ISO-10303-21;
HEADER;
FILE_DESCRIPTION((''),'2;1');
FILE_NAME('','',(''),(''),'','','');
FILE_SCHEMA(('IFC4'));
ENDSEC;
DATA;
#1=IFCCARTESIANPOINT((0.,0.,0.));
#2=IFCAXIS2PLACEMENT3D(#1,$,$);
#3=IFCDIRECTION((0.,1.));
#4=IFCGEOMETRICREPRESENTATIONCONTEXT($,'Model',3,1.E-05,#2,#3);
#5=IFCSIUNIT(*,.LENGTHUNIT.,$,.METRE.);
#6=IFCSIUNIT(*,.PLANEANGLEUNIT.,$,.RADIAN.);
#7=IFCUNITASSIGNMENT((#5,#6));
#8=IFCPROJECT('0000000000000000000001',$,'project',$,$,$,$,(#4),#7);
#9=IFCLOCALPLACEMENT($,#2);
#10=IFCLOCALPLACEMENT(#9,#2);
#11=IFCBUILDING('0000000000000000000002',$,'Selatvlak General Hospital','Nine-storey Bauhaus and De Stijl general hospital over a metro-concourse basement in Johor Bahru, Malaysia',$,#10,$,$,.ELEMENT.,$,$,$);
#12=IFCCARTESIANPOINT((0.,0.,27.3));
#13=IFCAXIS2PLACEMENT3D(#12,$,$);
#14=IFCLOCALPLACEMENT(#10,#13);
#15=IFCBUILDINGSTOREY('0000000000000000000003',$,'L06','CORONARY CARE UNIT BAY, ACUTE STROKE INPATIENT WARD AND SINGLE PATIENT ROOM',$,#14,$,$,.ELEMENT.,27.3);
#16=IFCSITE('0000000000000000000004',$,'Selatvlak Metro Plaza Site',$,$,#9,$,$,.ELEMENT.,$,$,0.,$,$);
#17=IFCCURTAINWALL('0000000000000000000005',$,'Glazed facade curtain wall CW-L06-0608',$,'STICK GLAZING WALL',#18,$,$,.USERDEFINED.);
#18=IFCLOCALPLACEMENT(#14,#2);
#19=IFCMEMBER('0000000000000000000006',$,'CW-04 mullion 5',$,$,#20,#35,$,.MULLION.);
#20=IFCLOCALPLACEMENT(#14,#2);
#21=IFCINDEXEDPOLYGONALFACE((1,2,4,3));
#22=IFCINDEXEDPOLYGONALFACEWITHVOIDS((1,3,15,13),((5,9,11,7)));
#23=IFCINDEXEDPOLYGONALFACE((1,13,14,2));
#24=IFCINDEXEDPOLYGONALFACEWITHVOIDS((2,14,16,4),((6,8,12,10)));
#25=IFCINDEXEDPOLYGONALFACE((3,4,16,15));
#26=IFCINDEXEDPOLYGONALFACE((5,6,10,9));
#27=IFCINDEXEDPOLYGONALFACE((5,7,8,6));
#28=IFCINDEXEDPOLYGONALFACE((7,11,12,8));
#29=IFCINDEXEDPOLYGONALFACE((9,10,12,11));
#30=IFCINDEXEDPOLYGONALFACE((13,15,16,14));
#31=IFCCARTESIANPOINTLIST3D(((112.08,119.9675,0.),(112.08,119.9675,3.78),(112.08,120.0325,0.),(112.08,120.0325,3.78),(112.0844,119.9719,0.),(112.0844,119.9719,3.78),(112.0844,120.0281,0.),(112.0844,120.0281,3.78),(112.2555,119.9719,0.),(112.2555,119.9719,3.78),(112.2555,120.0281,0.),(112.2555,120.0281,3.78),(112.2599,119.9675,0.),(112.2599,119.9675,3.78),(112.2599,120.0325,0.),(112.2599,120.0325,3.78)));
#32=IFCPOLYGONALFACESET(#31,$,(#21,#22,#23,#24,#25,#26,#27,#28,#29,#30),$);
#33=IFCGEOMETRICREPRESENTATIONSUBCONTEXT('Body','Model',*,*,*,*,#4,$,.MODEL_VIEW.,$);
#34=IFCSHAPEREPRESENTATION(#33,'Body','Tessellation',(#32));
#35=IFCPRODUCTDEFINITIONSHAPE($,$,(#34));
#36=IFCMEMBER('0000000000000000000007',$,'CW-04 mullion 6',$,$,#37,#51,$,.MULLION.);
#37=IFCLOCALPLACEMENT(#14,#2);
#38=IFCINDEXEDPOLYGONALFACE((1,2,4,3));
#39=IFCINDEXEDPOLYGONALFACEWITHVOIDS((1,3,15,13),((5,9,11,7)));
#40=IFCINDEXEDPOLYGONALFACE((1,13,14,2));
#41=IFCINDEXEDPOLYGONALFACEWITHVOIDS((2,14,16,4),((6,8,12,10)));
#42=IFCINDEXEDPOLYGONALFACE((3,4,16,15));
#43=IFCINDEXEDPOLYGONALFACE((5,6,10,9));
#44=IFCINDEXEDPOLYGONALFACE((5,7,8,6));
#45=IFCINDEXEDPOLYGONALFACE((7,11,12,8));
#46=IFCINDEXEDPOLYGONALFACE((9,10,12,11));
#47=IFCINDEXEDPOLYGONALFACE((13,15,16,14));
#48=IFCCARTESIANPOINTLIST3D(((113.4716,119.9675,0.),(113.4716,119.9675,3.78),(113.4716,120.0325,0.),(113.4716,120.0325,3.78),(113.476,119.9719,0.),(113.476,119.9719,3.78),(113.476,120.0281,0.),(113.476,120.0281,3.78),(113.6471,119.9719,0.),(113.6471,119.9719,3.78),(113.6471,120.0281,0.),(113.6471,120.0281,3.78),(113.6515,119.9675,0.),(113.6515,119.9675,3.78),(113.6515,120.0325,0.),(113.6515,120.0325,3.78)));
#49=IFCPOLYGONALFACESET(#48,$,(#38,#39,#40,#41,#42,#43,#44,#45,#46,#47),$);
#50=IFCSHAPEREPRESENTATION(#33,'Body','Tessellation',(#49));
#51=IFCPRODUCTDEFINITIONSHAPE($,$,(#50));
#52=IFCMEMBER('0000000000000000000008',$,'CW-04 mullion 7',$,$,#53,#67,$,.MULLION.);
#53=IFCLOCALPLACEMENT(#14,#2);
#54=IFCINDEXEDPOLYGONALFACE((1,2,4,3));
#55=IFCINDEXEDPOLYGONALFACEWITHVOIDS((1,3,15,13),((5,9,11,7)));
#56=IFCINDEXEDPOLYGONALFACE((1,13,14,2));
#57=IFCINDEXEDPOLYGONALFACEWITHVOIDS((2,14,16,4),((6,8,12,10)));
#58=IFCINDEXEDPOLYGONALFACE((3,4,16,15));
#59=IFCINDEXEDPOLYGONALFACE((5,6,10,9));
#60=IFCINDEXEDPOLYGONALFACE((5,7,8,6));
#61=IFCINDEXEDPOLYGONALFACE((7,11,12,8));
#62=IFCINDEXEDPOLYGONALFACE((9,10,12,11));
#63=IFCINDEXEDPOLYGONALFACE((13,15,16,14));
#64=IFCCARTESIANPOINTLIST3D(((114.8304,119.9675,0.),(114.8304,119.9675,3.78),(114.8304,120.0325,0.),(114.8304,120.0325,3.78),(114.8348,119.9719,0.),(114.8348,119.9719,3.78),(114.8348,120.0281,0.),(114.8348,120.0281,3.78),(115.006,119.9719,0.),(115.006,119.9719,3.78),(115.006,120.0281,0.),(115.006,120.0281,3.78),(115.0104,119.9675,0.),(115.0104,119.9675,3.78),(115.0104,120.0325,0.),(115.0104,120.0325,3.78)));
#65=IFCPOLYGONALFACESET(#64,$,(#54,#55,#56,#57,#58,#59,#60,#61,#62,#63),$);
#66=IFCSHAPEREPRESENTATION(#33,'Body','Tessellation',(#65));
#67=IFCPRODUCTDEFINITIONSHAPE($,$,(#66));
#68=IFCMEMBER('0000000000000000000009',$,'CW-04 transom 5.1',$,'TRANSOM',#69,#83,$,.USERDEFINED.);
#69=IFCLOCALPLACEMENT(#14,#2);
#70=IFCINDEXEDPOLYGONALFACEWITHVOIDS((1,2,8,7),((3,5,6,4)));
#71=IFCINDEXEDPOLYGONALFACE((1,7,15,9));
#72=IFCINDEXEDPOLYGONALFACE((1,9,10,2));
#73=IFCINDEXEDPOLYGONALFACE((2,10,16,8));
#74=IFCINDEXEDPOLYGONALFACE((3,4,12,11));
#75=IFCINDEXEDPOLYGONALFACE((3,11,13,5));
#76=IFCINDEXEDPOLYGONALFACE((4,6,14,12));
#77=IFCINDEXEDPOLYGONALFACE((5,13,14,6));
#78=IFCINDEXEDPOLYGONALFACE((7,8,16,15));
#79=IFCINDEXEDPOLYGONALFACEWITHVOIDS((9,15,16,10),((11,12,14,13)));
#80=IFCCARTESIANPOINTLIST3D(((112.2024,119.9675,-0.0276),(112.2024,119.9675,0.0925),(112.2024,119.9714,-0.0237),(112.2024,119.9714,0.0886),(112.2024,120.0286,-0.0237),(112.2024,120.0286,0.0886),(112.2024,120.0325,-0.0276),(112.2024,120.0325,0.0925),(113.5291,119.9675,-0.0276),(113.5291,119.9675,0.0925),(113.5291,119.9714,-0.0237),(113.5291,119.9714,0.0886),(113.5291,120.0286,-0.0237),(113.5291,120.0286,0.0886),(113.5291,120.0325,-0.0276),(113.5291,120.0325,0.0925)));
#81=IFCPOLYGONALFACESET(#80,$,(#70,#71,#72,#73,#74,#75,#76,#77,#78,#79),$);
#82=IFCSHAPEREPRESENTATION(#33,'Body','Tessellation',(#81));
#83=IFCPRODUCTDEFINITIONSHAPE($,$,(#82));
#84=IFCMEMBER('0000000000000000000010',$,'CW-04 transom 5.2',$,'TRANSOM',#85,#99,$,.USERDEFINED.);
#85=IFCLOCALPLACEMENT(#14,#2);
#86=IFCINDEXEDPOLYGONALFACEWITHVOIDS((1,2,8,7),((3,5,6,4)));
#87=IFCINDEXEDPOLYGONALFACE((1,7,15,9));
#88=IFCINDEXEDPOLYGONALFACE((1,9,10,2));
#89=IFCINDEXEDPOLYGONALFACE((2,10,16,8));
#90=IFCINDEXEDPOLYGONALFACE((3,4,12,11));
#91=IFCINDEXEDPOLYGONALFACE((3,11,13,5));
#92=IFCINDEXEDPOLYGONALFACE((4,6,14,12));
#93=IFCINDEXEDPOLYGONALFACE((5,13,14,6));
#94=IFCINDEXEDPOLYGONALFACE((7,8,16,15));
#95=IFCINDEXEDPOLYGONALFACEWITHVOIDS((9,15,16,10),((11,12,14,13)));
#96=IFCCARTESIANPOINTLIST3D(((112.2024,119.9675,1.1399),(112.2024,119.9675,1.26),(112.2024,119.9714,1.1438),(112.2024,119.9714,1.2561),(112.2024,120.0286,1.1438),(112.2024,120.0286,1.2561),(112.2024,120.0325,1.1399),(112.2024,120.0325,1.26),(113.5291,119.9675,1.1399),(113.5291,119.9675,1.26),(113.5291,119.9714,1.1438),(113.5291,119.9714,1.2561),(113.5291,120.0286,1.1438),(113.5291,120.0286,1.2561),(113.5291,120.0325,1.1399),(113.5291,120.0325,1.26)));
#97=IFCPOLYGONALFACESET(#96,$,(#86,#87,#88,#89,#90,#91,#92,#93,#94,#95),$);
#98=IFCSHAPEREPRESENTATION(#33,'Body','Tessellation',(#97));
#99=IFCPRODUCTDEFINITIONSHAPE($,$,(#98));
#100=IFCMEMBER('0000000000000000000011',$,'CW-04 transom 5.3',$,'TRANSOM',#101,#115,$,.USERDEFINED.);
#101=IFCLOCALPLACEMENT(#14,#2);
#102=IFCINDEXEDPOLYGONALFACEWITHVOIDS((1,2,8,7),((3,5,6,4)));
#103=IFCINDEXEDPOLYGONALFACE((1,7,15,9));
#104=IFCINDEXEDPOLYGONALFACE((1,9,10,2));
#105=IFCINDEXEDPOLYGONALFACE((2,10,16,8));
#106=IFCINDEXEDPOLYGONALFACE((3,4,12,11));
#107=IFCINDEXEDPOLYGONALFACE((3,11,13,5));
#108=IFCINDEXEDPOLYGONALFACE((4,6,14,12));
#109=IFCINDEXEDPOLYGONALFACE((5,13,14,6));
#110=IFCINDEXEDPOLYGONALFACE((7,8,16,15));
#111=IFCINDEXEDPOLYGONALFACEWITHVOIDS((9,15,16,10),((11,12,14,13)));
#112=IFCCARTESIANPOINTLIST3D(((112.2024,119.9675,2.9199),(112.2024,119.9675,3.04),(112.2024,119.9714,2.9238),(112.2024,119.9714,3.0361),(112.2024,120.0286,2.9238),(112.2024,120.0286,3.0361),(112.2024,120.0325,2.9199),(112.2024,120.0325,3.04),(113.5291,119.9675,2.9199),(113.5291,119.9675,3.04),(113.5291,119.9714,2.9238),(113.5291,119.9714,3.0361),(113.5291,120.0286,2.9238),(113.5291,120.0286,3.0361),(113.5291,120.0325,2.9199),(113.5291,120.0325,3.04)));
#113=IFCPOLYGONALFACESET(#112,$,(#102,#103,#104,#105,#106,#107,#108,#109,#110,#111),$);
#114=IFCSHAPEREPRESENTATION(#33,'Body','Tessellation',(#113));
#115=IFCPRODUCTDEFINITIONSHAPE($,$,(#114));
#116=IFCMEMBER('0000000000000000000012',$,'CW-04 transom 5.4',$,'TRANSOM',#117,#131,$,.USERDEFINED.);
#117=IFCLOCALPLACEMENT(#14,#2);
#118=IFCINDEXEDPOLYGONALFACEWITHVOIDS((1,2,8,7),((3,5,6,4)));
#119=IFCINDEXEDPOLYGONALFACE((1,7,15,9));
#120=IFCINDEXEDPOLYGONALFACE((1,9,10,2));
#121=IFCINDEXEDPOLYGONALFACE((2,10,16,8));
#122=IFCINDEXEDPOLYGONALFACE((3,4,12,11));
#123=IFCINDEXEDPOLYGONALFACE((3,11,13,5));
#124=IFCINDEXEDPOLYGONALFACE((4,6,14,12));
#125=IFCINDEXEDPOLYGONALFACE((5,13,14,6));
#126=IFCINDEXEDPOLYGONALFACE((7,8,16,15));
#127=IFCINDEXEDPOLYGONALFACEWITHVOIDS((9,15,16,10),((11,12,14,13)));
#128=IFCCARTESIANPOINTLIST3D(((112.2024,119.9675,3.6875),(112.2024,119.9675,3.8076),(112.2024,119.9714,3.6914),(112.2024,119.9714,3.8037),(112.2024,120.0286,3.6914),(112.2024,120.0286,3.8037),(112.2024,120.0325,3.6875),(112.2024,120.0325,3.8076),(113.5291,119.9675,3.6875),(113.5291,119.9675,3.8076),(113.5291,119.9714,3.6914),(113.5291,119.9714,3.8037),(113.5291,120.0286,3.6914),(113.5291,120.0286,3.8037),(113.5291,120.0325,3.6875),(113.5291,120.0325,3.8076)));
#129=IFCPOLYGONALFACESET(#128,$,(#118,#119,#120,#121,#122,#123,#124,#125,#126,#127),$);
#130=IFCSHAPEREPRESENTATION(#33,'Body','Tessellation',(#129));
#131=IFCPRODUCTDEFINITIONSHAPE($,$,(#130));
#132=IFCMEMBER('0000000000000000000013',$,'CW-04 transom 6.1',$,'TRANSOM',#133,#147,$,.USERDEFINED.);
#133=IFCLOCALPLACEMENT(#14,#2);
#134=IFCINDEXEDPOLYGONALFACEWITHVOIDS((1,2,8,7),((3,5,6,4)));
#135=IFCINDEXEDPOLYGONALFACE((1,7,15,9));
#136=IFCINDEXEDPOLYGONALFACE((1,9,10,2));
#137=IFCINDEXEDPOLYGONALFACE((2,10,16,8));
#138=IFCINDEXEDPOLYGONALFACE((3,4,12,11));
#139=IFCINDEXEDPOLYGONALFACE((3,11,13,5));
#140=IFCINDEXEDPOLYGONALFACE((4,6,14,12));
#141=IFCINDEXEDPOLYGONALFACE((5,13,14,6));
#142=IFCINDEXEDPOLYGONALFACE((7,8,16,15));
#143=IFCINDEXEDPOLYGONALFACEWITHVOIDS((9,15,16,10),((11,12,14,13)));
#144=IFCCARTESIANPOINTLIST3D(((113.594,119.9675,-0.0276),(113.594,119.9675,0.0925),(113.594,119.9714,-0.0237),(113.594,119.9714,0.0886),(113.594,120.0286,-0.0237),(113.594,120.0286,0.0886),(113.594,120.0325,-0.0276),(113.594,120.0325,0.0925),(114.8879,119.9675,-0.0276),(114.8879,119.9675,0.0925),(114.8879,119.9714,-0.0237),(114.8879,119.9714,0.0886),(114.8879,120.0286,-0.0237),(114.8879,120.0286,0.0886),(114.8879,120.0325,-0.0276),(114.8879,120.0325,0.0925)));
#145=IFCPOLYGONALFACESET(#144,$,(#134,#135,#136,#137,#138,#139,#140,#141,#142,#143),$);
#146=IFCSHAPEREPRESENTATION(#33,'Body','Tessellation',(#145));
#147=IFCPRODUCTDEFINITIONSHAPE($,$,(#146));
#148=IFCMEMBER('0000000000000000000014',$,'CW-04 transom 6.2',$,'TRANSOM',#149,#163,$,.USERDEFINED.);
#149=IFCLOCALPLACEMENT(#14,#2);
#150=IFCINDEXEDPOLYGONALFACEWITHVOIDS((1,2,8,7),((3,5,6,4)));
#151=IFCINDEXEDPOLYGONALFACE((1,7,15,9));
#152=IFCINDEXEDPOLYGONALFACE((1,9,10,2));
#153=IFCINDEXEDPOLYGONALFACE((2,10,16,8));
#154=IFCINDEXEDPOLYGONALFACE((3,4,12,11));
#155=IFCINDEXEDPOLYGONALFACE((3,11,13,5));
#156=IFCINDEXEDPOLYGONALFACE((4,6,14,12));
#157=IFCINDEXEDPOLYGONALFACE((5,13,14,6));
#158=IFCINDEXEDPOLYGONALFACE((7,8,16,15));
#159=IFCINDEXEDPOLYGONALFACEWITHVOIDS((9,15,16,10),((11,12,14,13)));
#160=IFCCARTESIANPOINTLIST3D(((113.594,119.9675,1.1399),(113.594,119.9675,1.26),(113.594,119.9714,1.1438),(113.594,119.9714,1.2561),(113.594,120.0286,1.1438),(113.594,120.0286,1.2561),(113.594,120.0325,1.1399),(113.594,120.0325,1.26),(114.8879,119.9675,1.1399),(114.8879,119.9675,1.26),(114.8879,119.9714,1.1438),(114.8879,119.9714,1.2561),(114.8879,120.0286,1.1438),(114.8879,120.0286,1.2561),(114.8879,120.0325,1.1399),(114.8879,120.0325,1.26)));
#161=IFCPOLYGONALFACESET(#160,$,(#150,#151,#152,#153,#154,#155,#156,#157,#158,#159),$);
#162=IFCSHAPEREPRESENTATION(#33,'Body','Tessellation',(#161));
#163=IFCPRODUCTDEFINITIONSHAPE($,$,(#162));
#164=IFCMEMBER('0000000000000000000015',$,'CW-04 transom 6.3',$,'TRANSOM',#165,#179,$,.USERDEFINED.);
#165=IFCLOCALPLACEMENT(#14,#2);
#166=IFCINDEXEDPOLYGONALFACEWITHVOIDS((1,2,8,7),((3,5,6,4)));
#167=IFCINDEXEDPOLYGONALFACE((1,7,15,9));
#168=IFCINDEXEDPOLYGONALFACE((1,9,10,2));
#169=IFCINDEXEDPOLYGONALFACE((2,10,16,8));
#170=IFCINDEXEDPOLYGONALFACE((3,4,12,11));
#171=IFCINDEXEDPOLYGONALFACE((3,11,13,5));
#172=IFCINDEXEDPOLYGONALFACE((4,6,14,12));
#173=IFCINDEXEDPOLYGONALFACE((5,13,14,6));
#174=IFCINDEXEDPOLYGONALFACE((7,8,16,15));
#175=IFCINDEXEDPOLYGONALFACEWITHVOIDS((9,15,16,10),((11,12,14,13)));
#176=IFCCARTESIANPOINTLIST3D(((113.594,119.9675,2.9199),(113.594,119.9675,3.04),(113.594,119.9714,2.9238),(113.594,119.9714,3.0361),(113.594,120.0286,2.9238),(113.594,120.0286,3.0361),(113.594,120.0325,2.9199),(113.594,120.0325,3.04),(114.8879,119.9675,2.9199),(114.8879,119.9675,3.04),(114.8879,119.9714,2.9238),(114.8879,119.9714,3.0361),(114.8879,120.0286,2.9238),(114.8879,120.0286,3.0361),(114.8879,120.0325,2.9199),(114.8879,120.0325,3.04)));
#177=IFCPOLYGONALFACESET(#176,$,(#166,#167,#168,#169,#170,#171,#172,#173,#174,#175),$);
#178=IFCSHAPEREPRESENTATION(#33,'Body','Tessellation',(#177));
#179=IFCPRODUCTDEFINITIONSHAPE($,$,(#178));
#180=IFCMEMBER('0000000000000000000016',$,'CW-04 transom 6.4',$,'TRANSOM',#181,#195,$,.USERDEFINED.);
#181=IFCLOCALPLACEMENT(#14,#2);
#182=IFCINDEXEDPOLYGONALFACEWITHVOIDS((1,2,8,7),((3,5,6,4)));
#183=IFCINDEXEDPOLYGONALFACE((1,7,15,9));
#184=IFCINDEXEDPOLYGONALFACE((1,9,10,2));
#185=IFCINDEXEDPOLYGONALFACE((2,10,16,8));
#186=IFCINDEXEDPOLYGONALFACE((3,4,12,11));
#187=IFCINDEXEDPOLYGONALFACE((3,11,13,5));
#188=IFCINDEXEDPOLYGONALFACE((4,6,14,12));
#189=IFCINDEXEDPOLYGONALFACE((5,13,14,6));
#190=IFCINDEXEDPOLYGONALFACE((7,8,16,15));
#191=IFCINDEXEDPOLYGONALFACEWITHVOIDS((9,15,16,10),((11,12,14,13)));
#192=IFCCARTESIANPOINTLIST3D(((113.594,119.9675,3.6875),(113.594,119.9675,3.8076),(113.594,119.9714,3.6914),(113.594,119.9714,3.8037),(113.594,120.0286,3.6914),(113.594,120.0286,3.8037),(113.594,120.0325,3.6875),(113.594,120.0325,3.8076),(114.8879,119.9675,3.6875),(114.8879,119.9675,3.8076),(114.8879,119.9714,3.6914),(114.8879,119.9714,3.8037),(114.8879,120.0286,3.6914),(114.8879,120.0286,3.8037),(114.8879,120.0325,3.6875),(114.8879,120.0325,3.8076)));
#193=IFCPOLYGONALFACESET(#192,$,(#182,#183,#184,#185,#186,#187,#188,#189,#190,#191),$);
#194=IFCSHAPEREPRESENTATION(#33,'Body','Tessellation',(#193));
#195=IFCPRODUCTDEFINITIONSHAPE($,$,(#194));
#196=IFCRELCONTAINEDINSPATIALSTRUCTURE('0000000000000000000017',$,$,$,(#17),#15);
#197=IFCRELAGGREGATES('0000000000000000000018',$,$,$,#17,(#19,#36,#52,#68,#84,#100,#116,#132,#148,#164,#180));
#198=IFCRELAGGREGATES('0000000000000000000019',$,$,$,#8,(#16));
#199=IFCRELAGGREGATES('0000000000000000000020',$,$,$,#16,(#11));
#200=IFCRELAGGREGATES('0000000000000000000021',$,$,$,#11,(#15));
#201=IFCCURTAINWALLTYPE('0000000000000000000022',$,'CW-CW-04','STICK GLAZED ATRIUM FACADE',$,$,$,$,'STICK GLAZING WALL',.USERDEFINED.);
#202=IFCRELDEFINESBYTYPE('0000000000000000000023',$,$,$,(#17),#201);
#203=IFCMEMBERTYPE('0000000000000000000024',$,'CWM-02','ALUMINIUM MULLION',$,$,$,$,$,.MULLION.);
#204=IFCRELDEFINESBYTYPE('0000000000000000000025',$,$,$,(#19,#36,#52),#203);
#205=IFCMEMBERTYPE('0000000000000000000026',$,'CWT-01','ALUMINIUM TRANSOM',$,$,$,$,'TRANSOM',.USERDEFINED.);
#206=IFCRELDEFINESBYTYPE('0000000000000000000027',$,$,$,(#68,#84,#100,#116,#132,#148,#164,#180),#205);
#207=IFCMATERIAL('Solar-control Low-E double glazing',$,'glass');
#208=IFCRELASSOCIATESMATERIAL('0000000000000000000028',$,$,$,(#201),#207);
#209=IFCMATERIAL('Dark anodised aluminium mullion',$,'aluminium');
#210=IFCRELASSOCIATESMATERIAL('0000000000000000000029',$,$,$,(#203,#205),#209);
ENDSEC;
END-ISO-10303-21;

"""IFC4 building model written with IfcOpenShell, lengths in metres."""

from ifc_helpers import new_model, si_unit, direction, frame, origin, origin_2d, place, context, subcontext, project, spatial, hollow_rectangle, extrude, material, material_profile, profile_set, type_object, element, aggregate, save


model = new_model("IFC4")

# Units and contexts
model_context = context("Model", 3, precision=1e-05, world=origin(), true_north=direction((0.0, 1.0)))
body_context = subcontext(model_context, "Body", "Model", "MODEL_VIEW")
ifc_project = project(units=[si_unit("LENGTHUNIT", "METRE"), si_unit("PLANEANGLEUNIT", "RADIAN")], contexts=[model_context])

# Site, building, storey
site_placement = place(None, origin())
site = spatial("IfcSite", under=ifc_project, at=site_placement, Name="Selatvlak Metro Plaza Site", CompositionType="ELEMENT", RefElevation=0.0)
building_placement = place(site_placement, origin())
building = spatial("IfcBuilding", under=site, at=building_placement, Name="Selatvlak General Hospital", Description="Nine-storey Bauhaus and De Stijl general hospital over a metro-concourse basement in Johor Bahru, Malaysia", CompositionType="ELEMENT")
storey_placement = place(building_placement, frame((0.0, 0.0, 27.3)))
storey = spatial("IfcBuildingStorey", under=building, at=storey_placement, Name="L06", Description="CORONARY CARE UNIT BAY, ACUTE STROKE INPATIENT WARD AND SINGLE PATIENT ROOM", CompositionType="ELEMENT", Elevation=27.3)

# Curtain wall, members
ifc_material_1 = material(Name="Solar-control Low-E double glazing", Category="glass")
curtain_wall_type = type_object("IfcCurtainWallType", Name="CW-CW-04", Description="STICK GLAZED ATRIUM FACADE", ElementType="STICK GLAZING WALL", PredefinedType="USERDEFINED", material=ifc_material_1)
curtain_wall_placement = place(storey_placement, origin())
curtain_wall = element("IfcCurtainWall", 1, at=curtain_wall_placement, inside=storey, type_object=curtain_wall_type, Name="Glazed facade curtain wall CW-L06-0608", ObjectType="STICK GLAZING WALL", PredefinedType="USERDEFINED")
ifc_material_2 = material(Name="Dark anodised aluminium mullion", Category="aluminium")
ifc_material_profile_1 = material_profile(ifc_material_2, hollow_rectangle(XDim=0.0649, YDim=0.1799, WallThickness=0.0044, at=origin_2d()), Name="AL-MUL 65x180x4.5")
ifc_profile_set_1 = profile_set([ifc_material_profile_1], Name="Dark anodised aluminium mullion")
member_type_1 = type_object("IfcMemberType", Name="CWM-02", Description="ALUMINIUM MULLION", PredefinedType="MULLION", material=ifc_profile_set_1)
member_1_placement = place(storey_placement, frame((112.1699, 120.0, 0.0), z_axis=(0.0, 0.0, 1.0), x_axis=(0.0, 1.0, 0.0)))
member_1 = element("IfcMember", 2, at=member_1_placement, type_object=member_type_1, Name="CW-04 mullion 5", PredefinedType="MULLION", context=body_context, shape_type="SweptSolid", body=[
    extrude(hollow_rectangle(XDim=0.0649, YDim=0.1799, WallThickness=0.0044, at=origin_2d()), origin(), (0.0, 0.0, 1.0), 3.78),
])
member_2_placement = place(storey_placement, frame((113.5615, 120.0, 0.0), z_axis=(0.0, 0.0, 1.0), x_axis=(0.0, 1.0, 0.0)))
member_2 = element("IfcMember", 3, at=member_2_placement, type_object=member_type_1, Name="CW-04 mullion 6", PredefinedType="MULLION", context=body_context, shape_type="SweptSolid", body=[
    extrude(hollow_rectangle(XDim=0.0649, YDim=0.1799, WallThickness=0.0044, at=origin_2d()), origin(), (0.0, 0.0, 1.0), 3.78),
])
member_3_placement = place(storey_placement, frame((114.9204, 120.0, 0.0), z_axis=(0.0, 0.0, 1.0), x_axis=(0.0, 1.0, 0.0)))
member_3 = element("IfcMember", 4, at=member_3_placement, type_object=member_type_1, Name="CW-04 mullion 7", PredefinedType="MULLION", context=body_context, shape_type="SweptSolid", body=[
    extrude(hollow_rectangle(XDim=0.0649, YDim=0.1799, WallThickness=0.0044, at=origin_2d()), origin(), (0.0, 0.0, 1.0), 3.78),
])
ifc_material_profile_2 = material_profile(ifc_material_2, hollow_rectangle(XDim=0.0649, YDim=0.1201, WallThickness=0.0039, at=origin_2d()), Name="AL-TRN 65x120x4")
ifc_profile_set_2 = profile_set([ifc_material_profile_2], Name="Dark anodised aluminium mullion")
member_type_2 = type_object("IfcMemberType", Name="CWT-01", Description="ALUMINIUM TRANSOM", ElementType="TRANSOM", PredefinedType="USERDEFINED", material=ifc_profile_set_2)
member_4_placement = place(storey_placement, frame((112.2024, 120.0, 0.0325), z_axis=(1.0, 0.0, 0.0), x_axis=(0.0, 1.0, 0.0)))
member_4 = element("IfcMember", 5, at=member_4_placement, type_object=member_type_2, Name="CW-04 transom 5.1", ObjectType="TRANSOM", PredefinedType="USERDEFINED", context=body_context, shape_type="SweptSolid", body=[
    extrude(hollow_rectangle(XDim=0.0649, YDim=0.1201, WallThickness=0.0039, at=origin_2d()), origin(), (0.0, 0.0, 1.0), 1.3267),
])
member_5_placement = place(storey_placement, frame((112.2024, 120.0, 1.2), z_axis=(1.0, 0.0, 0.0), x_axis=(0.0, 1.0, 0.0)))
member_5 = element("IfcMember", 6, at=member_5_placement, type_object=member_type_2, Name="CW-04 transom 5.2", ObjectType="TRANSOM", PredefinedType="USERDEFINED", context=body_context, shape_type="SweptSolid", body=[
    extrude(hollow_rectangle(XDim=0.0649, YDim=0.1201, WallThickness=0.0039, at=origin_2d()), origin(), (0.0, 0.0, 1.0), 1.3267),
])
member_6_placement = place(storey_placement, frame((112.2024, 120.0, 2.98), z_axis=(1.0, 0.0, 0.0), x_axis=(0.0, 1.0, 0.0)))
member_6 = element("IfcMember", 7, at=member_6_placement, type_object=member_type_2, Name="CW-04 transom 5.3", ObjectType="TRANSOM", PredefinedType="USERDEFINED", context=body_context, shape_type="SweptSolid", body=[
    extrude(hollow_rectangle(XDim=0.0649, YDim=0.1201, WallThickness=0.0039, at=origin_2d()), origin(), (0.0, 0.0, 1.0), 1.3267),
])
member_7_placement = place(storey_placement, frame((112.2024, 120.0, 3.7476), z_axis=(1.0, 0.0, 0.0), x_axis=(0.0, 1.0, 0.0)))
member_7 = element("IfcMember", 8, at=member_7_placement, type_object=member_type_2, Name="CW-04 transom 5.4", ObjectType="TRANSOM", PredefinedType="USERDEFINED", context=body_context, shape_type="SweptSolid", body=[
    extrude(hollow_rectangle(XDim=0.0649, YDim=0.1201, WallThickness=0.0039, at=origin_2d()), origin(), (0.0, 0.0, 1.0), 1.3267),
])
member_8_placement = place(storey_placement, frame((113.594, 120.0, 0.0325), z_axis=(1.0, 0.0, 0.0), x_axis=(0.0, 1.0, 0.0)))
member_8 = element("IfcMember", 9, at=member_8_placement, type_object=member_type_2, Name="CW-04 transom 6.1", ObjectType="TRANSOM", PredefinedType="USERDEFINED", context=body_context, shape_type="SweptSolid", body=[
    extrude(hollow_rectangle(XDim=0.0649, YDim=0.1201, WallThickness=0.0039, at=origin_2d()), origin(), (0.0, 0.0, 1.0), 1.2939),
])
member_9_placement = place(storey_placement, frame((113.594, 120.0, 1.2), z_axis=(1.0, 0.0, 0.0), x_axis=(0.0, 1.0, 0.0)))
member_9 = element("IfcMember", 10, at=member_9_placement, type_object=member_type_2, Name="CW-04 transom 6.2", ObjectType="TRANSOM", PredefinedType="USERDEFINED", context=body_context, shape_type="SweptSolid", body=[
    extrude(hollow_rectangle(XDim=0.0649, YDim=0.1201, WallThickness=0.0039, at=origin_2d()), origin(), (0.0, 0.0, 1.0), 1.2939),
])
member_10_placement = place(storey_placement, frame((113.594, 120.0, 2.98), z_axis=(1.0, 0.0, 0.0), x_axis=(0.0, 1.0, 0.0)))
member_10 = element("IfcMember", 11, at=member_10_placement, type_object=member_type_2, Name="CW-04 transom 6.3", ObjectType="TRANSOM", PredefinedType="USERDEFINED", context=body_context, shape_type="SweptSolid", body=[
    extrude(hollow_rectangle(XDim=0.0649, YDim=0.1201, WallThickness=0.0039, at=origin_2d()), origin(), (0.0, 0.0, 1.0), 1.2939),
])
member_11_placement = place(storey_placement, frame((113.594, 120.0, 3.7476), z_axis=(1.0, 0.0, 0.0), x_axis=(0.0, 1.0, 0.0)))
member_11 = element("IfcMember", 12, at=member_11_placement, type_object=member_type_2, Name="CW-04 transom 6.4", ObjectType="TRANSOM", PredefinedType="USERDEFINED", context=body_context, shape_type="SweptSolid", body=[
    extrude(hollow_rectangle(XDim=0.0649, YDim=0.1201, WallThickness=0.0039, at=origin_2d()), origin(), (0.0, 0.0, 1.0), 1.2939),
])
aggregate(curtain_wall, [member_1, member_2, member_3, member_4, member_5, member_6, member_7, member_8, member_9, member_10, member_11])

save(model, "model.ifc")
